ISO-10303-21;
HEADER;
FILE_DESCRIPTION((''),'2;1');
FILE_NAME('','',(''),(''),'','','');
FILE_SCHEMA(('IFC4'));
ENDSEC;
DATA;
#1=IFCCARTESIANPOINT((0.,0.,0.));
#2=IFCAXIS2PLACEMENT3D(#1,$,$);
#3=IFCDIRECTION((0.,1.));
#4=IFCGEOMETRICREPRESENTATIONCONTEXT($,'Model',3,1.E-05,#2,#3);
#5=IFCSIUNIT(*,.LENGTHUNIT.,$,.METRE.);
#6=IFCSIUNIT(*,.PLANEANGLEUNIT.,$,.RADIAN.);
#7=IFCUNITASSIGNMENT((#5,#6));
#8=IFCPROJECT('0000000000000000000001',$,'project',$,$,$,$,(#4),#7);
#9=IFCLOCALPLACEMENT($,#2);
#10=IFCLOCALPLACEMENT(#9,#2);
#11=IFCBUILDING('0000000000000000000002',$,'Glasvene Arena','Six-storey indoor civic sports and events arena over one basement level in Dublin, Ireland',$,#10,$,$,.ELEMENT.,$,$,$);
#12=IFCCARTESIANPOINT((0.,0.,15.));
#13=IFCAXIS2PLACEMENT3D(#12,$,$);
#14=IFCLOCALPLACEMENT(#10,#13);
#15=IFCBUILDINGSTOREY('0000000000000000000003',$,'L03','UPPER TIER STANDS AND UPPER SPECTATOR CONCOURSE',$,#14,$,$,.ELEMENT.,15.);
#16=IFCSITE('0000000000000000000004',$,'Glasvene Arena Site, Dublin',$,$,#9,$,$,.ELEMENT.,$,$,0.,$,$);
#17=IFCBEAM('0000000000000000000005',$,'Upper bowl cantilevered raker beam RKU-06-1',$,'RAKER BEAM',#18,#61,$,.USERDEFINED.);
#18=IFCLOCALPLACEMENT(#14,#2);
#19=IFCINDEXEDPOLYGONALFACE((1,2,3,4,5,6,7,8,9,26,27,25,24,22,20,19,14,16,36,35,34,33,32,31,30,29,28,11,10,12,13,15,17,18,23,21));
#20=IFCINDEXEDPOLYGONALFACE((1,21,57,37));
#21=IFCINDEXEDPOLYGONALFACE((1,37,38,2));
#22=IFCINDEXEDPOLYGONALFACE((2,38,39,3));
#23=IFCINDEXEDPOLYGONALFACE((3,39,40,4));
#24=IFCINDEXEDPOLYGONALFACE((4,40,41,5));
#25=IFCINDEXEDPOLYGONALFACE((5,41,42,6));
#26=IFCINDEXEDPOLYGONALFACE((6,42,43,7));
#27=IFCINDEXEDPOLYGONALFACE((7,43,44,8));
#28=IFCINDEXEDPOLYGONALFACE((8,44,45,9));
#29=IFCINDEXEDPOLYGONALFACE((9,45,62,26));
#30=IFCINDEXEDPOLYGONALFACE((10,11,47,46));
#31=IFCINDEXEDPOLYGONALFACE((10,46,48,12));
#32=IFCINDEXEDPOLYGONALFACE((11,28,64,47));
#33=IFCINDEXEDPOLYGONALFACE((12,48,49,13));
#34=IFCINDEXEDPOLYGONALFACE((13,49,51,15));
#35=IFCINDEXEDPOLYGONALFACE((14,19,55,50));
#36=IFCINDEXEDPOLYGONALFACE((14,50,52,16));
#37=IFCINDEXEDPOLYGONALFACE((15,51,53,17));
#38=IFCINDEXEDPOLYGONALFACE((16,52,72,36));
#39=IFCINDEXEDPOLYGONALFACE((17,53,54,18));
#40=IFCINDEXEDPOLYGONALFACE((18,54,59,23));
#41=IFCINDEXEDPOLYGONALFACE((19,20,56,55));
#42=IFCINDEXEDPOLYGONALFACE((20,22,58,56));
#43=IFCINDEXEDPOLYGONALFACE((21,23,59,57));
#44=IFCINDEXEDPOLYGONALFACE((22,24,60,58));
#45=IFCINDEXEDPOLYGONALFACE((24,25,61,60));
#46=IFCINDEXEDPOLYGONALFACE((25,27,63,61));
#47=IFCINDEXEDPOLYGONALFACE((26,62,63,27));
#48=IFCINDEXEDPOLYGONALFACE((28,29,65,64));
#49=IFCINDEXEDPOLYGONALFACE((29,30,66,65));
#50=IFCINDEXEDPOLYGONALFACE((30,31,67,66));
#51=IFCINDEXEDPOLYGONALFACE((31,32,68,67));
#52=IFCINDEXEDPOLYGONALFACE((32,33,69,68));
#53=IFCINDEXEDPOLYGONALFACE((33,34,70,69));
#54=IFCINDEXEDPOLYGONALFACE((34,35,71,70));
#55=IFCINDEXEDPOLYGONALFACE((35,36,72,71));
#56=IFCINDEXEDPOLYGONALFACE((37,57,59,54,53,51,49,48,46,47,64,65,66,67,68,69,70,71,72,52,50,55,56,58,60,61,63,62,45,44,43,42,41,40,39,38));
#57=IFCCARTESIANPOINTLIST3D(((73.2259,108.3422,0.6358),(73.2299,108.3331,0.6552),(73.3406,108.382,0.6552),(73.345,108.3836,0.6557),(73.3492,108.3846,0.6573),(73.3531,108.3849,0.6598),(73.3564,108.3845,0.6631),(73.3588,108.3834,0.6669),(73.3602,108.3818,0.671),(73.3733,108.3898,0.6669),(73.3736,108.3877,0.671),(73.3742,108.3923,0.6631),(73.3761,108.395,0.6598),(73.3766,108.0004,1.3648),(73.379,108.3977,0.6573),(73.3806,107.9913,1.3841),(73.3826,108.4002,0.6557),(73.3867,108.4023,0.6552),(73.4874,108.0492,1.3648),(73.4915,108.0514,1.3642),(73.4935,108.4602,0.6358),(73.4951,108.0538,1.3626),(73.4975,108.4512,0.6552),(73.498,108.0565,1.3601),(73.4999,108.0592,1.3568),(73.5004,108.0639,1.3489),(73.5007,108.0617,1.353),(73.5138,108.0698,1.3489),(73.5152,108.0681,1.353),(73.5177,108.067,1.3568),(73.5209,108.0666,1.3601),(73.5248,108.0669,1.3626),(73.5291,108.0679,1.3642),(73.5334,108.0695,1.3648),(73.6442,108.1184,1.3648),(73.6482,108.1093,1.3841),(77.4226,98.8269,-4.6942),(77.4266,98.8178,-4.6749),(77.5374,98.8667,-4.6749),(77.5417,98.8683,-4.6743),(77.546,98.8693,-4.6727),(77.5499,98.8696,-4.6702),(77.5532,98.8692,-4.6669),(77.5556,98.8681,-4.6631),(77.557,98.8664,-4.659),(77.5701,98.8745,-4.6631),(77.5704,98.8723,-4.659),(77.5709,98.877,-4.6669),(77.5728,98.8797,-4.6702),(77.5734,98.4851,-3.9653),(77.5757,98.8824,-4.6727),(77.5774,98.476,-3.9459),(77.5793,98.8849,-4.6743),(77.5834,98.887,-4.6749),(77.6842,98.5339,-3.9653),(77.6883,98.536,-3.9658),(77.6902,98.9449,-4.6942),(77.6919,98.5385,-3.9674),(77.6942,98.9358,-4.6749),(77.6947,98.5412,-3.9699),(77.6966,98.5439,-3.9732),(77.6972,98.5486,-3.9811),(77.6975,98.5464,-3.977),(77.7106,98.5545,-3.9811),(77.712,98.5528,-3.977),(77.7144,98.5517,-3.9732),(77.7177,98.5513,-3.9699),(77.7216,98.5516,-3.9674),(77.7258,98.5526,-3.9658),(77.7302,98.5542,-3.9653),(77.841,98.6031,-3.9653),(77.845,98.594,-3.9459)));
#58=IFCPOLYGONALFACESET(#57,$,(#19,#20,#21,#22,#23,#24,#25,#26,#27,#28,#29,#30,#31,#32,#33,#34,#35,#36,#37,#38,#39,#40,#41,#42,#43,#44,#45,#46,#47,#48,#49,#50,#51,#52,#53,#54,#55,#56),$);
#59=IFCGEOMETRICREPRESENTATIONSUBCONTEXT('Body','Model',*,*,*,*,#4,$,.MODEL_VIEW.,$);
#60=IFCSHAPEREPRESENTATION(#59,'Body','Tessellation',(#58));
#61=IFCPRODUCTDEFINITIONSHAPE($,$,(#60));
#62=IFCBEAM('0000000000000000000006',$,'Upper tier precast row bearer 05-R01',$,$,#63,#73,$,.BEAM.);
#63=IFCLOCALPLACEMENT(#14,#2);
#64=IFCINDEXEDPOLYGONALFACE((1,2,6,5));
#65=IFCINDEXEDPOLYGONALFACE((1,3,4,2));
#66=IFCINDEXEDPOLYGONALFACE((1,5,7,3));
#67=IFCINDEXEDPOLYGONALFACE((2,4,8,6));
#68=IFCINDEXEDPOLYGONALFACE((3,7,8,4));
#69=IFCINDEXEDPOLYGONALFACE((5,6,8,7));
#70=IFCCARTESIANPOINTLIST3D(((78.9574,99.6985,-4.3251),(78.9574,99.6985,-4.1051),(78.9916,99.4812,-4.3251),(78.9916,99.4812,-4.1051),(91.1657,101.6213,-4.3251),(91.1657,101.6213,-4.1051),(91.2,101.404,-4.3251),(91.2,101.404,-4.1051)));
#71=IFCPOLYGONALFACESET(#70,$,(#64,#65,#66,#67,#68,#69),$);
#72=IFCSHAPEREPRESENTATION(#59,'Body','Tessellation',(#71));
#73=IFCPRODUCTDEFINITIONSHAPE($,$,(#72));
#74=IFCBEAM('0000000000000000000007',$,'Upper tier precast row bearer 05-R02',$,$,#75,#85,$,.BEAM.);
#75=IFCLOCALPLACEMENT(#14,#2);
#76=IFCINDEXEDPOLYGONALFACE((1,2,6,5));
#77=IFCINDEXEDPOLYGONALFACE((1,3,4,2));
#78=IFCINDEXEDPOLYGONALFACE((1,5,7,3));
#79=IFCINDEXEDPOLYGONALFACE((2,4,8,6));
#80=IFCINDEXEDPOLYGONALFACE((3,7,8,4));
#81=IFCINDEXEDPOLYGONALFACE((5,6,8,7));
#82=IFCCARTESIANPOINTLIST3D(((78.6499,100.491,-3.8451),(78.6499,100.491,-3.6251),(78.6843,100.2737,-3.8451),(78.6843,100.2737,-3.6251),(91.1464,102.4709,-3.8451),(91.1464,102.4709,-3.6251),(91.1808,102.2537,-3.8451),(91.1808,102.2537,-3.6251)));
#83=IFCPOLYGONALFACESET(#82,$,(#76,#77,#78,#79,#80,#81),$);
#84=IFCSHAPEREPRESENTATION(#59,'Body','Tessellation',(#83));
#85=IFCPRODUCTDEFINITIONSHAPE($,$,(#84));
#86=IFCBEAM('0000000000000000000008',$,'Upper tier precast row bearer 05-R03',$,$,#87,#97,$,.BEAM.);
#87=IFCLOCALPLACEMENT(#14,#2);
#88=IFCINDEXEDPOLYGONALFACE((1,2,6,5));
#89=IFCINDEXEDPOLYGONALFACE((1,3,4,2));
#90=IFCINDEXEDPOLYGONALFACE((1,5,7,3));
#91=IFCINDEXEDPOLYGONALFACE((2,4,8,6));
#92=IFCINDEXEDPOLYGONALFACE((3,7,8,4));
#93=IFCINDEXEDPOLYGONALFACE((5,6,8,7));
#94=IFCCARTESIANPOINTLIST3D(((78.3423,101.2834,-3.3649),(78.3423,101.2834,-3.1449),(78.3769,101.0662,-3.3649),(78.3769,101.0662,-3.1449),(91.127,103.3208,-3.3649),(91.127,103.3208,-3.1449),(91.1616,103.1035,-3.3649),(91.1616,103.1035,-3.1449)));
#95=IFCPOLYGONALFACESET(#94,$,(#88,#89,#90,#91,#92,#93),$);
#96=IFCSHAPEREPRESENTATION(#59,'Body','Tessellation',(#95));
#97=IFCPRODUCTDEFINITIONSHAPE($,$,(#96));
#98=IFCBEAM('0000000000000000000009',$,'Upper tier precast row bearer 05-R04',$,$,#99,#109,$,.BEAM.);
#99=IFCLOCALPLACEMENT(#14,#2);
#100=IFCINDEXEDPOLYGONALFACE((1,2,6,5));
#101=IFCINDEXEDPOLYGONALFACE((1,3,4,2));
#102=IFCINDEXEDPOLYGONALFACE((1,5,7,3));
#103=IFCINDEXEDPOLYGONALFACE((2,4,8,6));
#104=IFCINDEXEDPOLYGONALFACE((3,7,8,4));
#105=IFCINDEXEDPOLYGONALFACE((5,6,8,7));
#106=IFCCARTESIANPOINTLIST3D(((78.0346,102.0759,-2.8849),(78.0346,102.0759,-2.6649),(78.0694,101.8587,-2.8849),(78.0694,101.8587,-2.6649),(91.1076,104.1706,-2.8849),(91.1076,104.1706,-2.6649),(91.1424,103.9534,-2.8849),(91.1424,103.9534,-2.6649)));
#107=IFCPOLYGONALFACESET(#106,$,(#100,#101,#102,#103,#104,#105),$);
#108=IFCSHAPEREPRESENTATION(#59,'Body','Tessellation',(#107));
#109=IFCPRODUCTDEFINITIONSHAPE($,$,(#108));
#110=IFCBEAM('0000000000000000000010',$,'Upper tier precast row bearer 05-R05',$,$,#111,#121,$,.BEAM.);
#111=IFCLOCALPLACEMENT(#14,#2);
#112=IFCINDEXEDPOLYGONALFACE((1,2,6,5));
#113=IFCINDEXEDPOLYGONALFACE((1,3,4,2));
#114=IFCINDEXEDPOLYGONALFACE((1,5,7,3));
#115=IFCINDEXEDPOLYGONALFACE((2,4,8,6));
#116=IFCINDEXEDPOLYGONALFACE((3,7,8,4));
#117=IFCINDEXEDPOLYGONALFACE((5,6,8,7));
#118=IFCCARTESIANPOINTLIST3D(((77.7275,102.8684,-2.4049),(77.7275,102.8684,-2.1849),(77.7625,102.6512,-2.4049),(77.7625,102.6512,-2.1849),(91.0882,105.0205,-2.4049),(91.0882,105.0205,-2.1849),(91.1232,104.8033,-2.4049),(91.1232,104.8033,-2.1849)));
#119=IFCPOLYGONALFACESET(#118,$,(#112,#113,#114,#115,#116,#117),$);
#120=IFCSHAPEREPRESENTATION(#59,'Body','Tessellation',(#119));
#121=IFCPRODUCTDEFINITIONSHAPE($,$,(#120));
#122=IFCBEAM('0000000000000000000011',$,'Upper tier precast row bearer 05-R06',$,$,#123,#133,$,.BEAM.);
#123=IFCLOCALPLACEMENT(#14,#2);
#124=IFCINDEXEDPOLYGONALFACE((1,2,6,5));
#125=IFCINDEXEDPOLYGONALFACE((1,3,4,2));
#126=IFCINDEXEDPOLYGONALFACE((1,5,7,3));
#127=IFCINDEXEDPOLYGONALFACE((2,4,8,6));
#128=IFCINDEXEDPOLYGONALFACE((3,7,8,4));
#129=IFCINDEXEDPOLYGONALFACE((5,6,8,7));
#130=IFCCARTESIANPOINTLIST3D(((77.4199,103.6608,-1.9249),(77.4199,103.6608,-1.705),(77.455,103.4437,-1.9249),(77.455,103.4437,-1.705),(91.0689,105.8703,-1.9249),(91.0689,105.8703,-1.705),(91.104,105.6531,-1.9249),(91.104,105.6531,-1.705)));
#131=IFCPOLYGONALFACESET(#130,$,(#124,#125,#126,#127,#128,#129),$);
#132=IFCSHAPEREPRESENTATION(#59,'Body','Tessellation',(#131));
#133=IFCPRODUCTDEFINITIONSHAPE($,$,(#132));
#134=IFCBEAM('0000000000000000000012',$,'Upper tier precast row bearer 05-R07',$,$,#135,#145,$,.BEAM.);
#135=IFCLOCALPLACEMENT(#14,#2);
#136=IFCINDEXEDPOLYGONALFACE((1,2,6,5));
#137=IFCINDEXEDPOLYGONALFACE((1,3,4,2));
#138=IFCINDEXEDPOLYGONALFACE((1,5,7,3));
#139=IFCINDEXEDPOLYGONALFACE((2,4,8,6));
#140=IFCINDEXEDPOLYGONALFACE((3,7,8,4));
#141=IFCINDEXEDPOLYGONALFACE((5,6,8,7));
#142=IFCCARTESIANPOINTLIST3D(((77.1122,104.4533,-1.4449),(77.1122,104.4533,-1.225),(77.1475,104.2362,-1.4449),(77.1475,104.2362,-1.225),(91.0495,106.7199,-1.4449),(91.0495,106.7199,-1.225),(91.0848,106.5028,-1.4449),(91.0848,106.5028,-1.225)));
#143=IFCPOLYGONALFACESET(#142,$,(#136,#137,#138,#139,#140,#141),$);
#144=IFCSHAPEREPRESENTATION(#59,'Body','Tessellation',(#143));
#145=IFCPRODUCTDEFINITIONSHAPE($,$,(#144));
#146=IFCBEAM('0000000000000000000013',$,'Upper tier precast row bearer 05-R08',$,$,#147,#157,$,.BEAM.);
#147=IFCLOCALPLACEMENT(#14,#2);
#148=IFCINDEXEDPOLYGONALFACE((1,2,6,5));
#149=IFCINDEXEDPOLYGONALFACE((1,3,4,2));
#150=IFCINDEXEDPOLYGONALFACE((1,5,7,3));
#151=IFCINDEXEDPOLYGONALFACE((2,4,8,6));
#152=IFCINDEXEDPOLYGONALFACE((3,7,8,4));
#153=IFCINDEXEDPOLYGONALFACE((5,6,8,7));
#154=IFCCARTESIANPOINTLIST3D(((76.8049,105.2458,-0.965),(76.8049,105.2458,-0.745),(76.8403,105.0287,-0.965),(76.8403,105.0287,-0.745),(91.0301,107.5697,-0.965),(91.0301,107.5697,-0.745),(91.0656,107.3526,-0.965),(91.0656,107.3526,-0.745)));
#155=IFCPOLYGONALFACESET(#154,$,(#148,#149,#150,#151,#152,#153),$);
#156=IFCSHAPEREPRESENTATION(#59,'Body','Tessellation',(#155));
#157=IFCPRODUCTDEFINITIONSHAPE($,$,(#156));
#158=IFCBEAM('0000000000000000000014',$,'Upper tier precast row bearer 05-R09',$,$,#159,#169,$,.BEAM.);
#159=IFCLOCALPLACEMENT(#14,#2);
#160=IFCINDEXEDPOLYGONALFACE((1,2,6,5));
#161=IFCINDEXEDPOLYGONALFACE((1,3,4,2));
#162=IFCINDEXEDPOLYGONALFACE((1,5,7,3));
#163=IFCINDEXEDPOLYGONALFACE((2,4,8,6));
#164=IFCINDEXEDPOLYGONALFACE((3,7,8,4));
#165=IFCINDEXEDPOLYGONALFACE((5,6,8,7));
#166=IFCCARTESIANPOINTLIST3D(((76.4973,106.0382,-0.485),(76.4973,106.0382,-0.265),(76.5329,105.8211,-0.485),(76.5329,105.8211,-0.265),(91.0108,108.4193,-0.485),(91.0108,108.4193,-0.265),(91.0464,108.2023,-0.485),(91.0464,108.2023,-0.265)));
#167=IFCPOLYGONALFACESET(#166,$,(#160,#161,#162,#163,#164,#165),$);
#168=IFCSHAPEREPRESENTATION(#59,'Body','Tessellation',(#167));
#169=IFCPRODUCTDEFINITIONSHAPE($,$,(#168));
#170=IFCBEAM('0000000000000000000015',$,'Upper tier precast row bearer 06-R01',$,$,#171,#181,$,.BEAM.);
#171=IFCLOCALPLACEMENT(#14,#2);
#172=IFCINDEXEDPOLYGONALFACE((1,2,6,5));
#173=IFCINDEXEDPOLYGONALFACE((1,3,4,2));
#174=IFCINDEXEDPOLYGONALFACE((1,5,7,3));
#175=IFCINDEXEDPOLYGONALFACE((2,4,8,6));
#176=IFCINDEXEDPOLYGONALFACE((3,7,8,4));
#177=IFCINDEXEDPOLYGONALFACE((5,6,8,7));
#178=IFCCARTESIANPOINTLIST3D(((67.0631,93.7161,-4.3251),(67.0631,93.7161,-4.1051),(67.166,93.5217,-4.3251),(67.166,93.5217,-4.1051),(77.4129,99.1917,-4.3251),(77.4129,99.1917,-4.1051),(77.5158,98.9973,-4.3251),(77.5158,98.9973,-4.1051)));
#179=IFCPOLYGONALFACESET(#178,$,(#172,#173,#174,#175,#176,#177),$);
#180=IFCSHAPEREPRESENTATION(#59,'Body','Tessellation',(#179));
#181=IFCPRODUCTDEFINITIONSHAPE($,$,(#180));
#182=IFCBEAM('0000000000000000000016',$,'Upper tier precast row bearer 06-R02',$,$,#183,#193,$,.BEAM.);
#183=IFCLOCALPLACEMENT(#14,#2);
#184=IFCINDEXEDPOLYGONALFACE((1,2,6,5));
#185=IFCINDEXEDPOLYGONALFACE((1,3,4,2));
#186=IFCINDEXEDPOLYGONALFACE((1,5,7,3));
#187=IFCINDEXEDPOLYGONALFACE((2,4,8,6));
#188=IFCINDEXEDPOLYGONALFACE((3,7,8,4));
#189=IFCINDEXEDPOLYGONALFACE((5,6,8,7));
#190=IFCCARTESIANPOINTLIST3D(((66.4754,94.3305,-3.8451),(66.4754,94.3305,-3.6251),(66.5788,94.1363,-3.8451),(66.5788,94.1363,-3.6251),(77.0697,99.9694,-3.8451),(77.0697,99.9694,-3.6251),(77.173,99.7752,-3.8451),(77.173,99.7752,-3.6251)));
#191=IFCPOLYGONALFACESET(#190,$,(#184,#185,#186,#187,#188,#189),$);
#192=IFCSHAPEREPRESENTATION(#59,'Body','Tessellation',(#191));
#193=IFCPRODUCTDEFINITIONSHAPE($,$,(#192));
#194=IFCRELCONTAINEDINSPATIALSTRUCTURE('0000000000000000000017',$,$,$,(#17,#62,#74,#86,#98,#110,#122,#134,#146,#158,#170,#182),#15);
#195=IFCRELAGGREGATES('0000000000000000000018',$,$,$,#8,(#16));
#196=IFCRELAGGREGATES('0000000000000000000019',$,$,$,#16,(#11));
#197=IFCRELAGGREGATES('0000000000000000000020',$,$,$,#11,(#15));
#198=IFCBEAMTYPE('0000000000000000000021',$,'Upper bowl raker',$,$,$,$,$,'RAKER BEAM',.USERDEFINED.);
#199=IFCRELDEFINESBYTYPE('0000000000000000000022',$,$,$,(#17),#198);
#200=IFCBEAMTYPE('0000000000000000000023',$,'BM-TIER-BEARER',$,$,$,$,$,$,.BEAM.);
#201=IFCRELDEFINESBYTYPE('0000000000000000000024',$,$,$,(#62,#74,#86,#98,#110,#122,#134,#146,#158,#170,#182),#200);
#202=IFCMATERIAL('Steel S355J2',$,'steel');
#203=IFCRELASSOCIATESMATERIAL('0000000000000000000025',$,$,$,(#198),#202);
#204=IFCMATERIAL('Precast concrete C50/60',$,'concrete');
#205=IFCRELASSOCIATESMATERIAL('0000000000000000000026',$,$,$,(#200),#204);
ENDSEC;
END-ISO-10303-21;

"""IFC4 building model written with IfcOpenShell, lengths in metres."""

from ifc_helpers import new_model, si_unit, direction, frame, origin, origin_2d, place, context, subcontext, project, spatial, rectangle, i_section, extrude, material, material_profile, profile_set, type_object, element, save


model = new_model("IFC4")

# Units and contexts
model_context = context("Model", 3, precision=1e-05, world=origin(), true_north=direction((0.0, 1.0)))
body_context = subcontext(model_context, "Body", "Model", "MODEL_VIEW")
ifc_project = project(units=[si_unit("LENGTHUNIT", "METRE"), si_unit("PLANEANGLEUNIT", "RADIAN")], contexts=[model_context])

# Site, building, storey
site_placement = place(None, origin())
site = spatial("IfcSite", under=ifc_project, at=site_placement, Name="Glasvene Arena Site, Dublin", CompositionType="ELEMENT", RefElevation=0.0)
building_placement = place(site_placement, origin())
building = spatial("IfcBuilding", under=site, at=building_placement, Name="Glasvene Arena", Description="Six-storey indoor civic sports and events arena over one basement level in Dublin, Ireland", CompositionType="ELEMENT")
storey_placement = place(building_placement, frame((0.0, 0.0, 15.0)))
storey = spatial("IfcBuildingStorey", under=building, at=storey_placement, Name="L03", Description="UPPER TIER STANDS AND UPPER SPECTATOR CONCOURSE", CompositionType="ELEMENT", Elevation=15.0)

# Beams
ifc_material_1 = material(Name="Steel S355J2", Category="steel")
ifc_material_profile_1 = material_profile(ifc_material_1, i_section(OverallWidth=0.2925, OverallDepth=0.8408, WebThickness=0.0146, FlangeThickness=0.0217, FilletRadius=0.0178, at=origin_2d()), Name="UKB 838x292x194")
ifc_profile_set_1 = profile_set([ifc_material_profile_1], Name="Steel S355J2")
beam_type_1 = type_object("IfcBeamType", Name="Upper bowl raker", ElementType="RAKER BEAM", PredefinedType="USERDEFINED", material=ifc_profile_set_1)
beam_1_placement = place(storey_placement, frame((77.6338, 98.7104, -4.3201), z_axis=(-0.359125, 0.814247, 0.456104), x_axis=(-0.91496, -0.403545, 0.0)))
element("IfcBeam", 1, at=beam_1_placement, inside=storey, type_object=beam_type_1, Name="Upper bowl cantilevered raker beam RKU-06-1", ObjectType="RAKER BEAM", PredefinedType="USERDEFINED", context=body_context, shape_type="SweptSolid", body=[
    extrude(i_section(OverallWidth=0.2925, OverallDepth=0.8408, WebThickness=0.0146, FlangeThickness=0.0217, FilletRadius=0.0178, at=origin_2d()), origin(), (0.0, 0.0, 1.0), 11.686),
])
ifc_material_2 = material(Name="Precast concrete C50/60", Category="concrete")
ifc_material_profile_2 = material_profile(ifc_material_2, rectangle(XDim=0.22, YDim=0.22, at=origin_2d()), Name="RC 220x220")
ifc_profile_set_2 = profile_set([ifc_material_profile_2], Name="Precast concrete C50/60")
beam_type_2 = type_object("IfcBeamType", Name="BM-TIER-BEARER", PredefinedType="BEAM", material=ifc_profile_set_2)
beam_2_placement = place(storey_placement, frame((91.1829, 101.5127, -4.2151), z_axis=(-0.987823, -0.155583, 0.0), x_axis=(0.155583, -0.987823, 0.0)))
element("IfcBeam", 2, at=beam_2_placement, inside=storey, type_object=beam_type_2, Name="Upper tier precast row bearer 05-R01", PredefinedType="BEAM", context=body_context, shape_type="SweptSolid", body=[
    extrude(rectangle(XDim=0.22, YDim=0.22, at=origin_2d()), origin(), (0.0, 0.0, 1.0), 12.3589),
])
beam_3_placement = place(storey_placement, frame((91.1636, 102.3623, -3.7351), z_axis=(-0.98768, -0.15649, 0.0), x_axis=(0.15649, -0.98768, 0.0)))
element("IfcBeam", 3, at=beam_3_placement, inside=storey, type_object=beam_type_2, Name="Upper tier precast row bearer 05-R02", PredefinedType="BEAM", context=body_context, shape_type="SweptSolid", body=[
    extrude(rectangle(XDim=0.22, YDim=0.22, at=origin_2d()), origin(), (0.0, 0.0, 1.0), 12.6523),
])
beam_4_placement = place(storey_placement, frame((91.1443, 103.2122, -3.2549), z_axis=(-0.987539, -0.157373, 0.0), x_axis=(0.157373, -0.987539, 0.0)))
element("IfcBeam", 4, at=beam_4_placement, inside=storey, type_object=beam_type_2, Name="Upper tier precast row bearer 05-R03", PredefinedType="BEAM", context=body_context, shape_type="SweptSolid", body=[
    extrude(rectangle(XDim=0.22, YDim=0.22, at=origin_2d()), origin(), (0.0, 0.0, 1.0), 12.946),
])
beam_5_placement = place(storey_placement, frame((91.125, 104.062, -2.7749), z_axis=(-0.987405, -0.158215, 0.0), x_axis=(0.158215, -0.987405, 0.0)))
element("IfcBeam", 5, at=beam_5_placement, inside=storey, type_object=beam_type_2, Name="Upper tier precast row bearer 05-R04", PredefinedType="BEAM", context=body_context, shape_type="SweptSolid", body=[
    extrude(rectangle(XDim=0.22, YDim=0.22, at=origin_2d()), origin(), (0.0, 0.0, 1.0), 13.2397),
])
beam_6_placement = place(storey_placement, frame((91.1057, 104.9119, -2.2949), z_axis=(-0.987274, -0.159025, 0.0), x_axis=(0.159025, -0.987274, 0.0)))
element("IfcBeam", 6, at=beam_6_placement, inside=storey, type_object=beam_type_2, Name="Upper tier precast row bearer 05-R05", PredefinedType="BEAM", context=body_context, shape_type="SweptSolid", body=[
    extrude(rectangle(XDim=0.22, YDim=0.22, at=origin_2d()), origin(), (0.0, 0.0, 1.0), 13.533),
])
beam_7_placement = place(storey_placement, frame((91.0864, 105.7617, -1.8149), z_axis=(-0.98715, -0.159799, 0.0), x_axis=(0.159799, -0.98715, 0.0)))
element("IfcBeam", 7, at=beam_7_placement, inside=storey, type_object=beam_type_2, Name="Upper tier precast row bearer 05-R06", PredefinedType="BEAM", context=body_context, shape_type="SweptSolid", body=[
    extrude(rectangle(XDim=0.22, YDim=0.22, at=origin_2d()), origin(), (0.0, 0.0, 1.0), 13.8267),
])
beam_8_placement = place(storey_placement, frame((91.0671, 106.6113, -1.335), z_axis=(-0.987033, -0.16052, 0.0), x_axis=(0.16052, -0.987033, 0.0)))
element("IfcBeam", 8, at=beam_8_placement, inside=storey, type_object=beam_type_2, Name="Upper tier precast row bearer 05-R07", PredefinedType="BEAM", context=body_context, shape_type="SweptSolid", body=[
    extrude(rectangle(XDim=0.22, YDim=0.22, at=origin_2d()), origin(), (0.0, 0.0, 1.0), 14.1204),
])
beam_9_placement = place(storey_placement, frame((91.0479, 107.4612, -0.855), z_axis=(-0.986917, -0.161231, 0.0), x_axis=(0.161231, -0.986917, 0.0)))
element("IfcBeam", 9, at=beam_9_placement, inside=storey, type_object=beam_type_2, Name="Upper tier precast row bearer 05-R08", PredefinedType="BEAM", context=body_context, shape_type="SweptSolid", body=[
    extrude(rectangle(XDim=0.22, YDim=0.22, at=origin_2d()), origin(), (0.0, 0.0, 1.0), 14.4138),
])
beam_10_placement = place(storey_placement, frame((91.0286, 108.3108, -0.375), z_axis=(-0.986808, -0.161898, 0.0), x_axis=(0.161898, -0.986808, 0.0)))
element("IfcBeam", 10, at=beam_10_placement, inside=storey, type_object=beam_type_2, Name="Upper tier precast row bearer 05-R09", PredefinedType="BEAM", context=body_context, shape_type="SweptSolid", body=[
    extrude(rectangle(XDim=0.22, YDim=0.22, at=origin_2d()), origin(), (0.0, 0.0, 1.0), 14.7075),
])
beam_11_placement = place(storey_placement, frame((77.4644, 99.0945, -4.2151), z_axis=(-0.88392, -0.467638, 0.0), x_axis=(0.467638, -0.88392, 0.0)))
element("IfcBeam", 11, at=beam_11_placement, inside=storey, type_object=beam_type_2, Name="Upper tier precast row bearer 06-R01", PredefinedType="BEAM", context=body_context, shape_type="SweptSolid", body=[
    extrude(rectangle(XDim=0.22, YDim=0.22, at=origin_2d()), origin(), (0.0, 0.0, 1.0), 11.709),
])
beam_12_placement = place(storey_placement, frame((77.1213, 99.8723, -3.7351), z_axis=(-0.882745, -0.469852, 0.0), x_axis=(0.469852, -0.882745, 0.0)))
element("IfcBeam", 12, at=beam_12_placement, inside=storey, type_object=beam_type_2, Name="Upper tier precast row bearer 06-R02", PredefinedType="BEAM", context=body_context, shape_type="SweptSolid", body=[
    extrude(rectangle(XDim=0.22, YDim=0.22, at=origin_2d()), origin(), (0.0, 0.0, 1.0), 12.0015),
])

save(model, "model.ifc")
